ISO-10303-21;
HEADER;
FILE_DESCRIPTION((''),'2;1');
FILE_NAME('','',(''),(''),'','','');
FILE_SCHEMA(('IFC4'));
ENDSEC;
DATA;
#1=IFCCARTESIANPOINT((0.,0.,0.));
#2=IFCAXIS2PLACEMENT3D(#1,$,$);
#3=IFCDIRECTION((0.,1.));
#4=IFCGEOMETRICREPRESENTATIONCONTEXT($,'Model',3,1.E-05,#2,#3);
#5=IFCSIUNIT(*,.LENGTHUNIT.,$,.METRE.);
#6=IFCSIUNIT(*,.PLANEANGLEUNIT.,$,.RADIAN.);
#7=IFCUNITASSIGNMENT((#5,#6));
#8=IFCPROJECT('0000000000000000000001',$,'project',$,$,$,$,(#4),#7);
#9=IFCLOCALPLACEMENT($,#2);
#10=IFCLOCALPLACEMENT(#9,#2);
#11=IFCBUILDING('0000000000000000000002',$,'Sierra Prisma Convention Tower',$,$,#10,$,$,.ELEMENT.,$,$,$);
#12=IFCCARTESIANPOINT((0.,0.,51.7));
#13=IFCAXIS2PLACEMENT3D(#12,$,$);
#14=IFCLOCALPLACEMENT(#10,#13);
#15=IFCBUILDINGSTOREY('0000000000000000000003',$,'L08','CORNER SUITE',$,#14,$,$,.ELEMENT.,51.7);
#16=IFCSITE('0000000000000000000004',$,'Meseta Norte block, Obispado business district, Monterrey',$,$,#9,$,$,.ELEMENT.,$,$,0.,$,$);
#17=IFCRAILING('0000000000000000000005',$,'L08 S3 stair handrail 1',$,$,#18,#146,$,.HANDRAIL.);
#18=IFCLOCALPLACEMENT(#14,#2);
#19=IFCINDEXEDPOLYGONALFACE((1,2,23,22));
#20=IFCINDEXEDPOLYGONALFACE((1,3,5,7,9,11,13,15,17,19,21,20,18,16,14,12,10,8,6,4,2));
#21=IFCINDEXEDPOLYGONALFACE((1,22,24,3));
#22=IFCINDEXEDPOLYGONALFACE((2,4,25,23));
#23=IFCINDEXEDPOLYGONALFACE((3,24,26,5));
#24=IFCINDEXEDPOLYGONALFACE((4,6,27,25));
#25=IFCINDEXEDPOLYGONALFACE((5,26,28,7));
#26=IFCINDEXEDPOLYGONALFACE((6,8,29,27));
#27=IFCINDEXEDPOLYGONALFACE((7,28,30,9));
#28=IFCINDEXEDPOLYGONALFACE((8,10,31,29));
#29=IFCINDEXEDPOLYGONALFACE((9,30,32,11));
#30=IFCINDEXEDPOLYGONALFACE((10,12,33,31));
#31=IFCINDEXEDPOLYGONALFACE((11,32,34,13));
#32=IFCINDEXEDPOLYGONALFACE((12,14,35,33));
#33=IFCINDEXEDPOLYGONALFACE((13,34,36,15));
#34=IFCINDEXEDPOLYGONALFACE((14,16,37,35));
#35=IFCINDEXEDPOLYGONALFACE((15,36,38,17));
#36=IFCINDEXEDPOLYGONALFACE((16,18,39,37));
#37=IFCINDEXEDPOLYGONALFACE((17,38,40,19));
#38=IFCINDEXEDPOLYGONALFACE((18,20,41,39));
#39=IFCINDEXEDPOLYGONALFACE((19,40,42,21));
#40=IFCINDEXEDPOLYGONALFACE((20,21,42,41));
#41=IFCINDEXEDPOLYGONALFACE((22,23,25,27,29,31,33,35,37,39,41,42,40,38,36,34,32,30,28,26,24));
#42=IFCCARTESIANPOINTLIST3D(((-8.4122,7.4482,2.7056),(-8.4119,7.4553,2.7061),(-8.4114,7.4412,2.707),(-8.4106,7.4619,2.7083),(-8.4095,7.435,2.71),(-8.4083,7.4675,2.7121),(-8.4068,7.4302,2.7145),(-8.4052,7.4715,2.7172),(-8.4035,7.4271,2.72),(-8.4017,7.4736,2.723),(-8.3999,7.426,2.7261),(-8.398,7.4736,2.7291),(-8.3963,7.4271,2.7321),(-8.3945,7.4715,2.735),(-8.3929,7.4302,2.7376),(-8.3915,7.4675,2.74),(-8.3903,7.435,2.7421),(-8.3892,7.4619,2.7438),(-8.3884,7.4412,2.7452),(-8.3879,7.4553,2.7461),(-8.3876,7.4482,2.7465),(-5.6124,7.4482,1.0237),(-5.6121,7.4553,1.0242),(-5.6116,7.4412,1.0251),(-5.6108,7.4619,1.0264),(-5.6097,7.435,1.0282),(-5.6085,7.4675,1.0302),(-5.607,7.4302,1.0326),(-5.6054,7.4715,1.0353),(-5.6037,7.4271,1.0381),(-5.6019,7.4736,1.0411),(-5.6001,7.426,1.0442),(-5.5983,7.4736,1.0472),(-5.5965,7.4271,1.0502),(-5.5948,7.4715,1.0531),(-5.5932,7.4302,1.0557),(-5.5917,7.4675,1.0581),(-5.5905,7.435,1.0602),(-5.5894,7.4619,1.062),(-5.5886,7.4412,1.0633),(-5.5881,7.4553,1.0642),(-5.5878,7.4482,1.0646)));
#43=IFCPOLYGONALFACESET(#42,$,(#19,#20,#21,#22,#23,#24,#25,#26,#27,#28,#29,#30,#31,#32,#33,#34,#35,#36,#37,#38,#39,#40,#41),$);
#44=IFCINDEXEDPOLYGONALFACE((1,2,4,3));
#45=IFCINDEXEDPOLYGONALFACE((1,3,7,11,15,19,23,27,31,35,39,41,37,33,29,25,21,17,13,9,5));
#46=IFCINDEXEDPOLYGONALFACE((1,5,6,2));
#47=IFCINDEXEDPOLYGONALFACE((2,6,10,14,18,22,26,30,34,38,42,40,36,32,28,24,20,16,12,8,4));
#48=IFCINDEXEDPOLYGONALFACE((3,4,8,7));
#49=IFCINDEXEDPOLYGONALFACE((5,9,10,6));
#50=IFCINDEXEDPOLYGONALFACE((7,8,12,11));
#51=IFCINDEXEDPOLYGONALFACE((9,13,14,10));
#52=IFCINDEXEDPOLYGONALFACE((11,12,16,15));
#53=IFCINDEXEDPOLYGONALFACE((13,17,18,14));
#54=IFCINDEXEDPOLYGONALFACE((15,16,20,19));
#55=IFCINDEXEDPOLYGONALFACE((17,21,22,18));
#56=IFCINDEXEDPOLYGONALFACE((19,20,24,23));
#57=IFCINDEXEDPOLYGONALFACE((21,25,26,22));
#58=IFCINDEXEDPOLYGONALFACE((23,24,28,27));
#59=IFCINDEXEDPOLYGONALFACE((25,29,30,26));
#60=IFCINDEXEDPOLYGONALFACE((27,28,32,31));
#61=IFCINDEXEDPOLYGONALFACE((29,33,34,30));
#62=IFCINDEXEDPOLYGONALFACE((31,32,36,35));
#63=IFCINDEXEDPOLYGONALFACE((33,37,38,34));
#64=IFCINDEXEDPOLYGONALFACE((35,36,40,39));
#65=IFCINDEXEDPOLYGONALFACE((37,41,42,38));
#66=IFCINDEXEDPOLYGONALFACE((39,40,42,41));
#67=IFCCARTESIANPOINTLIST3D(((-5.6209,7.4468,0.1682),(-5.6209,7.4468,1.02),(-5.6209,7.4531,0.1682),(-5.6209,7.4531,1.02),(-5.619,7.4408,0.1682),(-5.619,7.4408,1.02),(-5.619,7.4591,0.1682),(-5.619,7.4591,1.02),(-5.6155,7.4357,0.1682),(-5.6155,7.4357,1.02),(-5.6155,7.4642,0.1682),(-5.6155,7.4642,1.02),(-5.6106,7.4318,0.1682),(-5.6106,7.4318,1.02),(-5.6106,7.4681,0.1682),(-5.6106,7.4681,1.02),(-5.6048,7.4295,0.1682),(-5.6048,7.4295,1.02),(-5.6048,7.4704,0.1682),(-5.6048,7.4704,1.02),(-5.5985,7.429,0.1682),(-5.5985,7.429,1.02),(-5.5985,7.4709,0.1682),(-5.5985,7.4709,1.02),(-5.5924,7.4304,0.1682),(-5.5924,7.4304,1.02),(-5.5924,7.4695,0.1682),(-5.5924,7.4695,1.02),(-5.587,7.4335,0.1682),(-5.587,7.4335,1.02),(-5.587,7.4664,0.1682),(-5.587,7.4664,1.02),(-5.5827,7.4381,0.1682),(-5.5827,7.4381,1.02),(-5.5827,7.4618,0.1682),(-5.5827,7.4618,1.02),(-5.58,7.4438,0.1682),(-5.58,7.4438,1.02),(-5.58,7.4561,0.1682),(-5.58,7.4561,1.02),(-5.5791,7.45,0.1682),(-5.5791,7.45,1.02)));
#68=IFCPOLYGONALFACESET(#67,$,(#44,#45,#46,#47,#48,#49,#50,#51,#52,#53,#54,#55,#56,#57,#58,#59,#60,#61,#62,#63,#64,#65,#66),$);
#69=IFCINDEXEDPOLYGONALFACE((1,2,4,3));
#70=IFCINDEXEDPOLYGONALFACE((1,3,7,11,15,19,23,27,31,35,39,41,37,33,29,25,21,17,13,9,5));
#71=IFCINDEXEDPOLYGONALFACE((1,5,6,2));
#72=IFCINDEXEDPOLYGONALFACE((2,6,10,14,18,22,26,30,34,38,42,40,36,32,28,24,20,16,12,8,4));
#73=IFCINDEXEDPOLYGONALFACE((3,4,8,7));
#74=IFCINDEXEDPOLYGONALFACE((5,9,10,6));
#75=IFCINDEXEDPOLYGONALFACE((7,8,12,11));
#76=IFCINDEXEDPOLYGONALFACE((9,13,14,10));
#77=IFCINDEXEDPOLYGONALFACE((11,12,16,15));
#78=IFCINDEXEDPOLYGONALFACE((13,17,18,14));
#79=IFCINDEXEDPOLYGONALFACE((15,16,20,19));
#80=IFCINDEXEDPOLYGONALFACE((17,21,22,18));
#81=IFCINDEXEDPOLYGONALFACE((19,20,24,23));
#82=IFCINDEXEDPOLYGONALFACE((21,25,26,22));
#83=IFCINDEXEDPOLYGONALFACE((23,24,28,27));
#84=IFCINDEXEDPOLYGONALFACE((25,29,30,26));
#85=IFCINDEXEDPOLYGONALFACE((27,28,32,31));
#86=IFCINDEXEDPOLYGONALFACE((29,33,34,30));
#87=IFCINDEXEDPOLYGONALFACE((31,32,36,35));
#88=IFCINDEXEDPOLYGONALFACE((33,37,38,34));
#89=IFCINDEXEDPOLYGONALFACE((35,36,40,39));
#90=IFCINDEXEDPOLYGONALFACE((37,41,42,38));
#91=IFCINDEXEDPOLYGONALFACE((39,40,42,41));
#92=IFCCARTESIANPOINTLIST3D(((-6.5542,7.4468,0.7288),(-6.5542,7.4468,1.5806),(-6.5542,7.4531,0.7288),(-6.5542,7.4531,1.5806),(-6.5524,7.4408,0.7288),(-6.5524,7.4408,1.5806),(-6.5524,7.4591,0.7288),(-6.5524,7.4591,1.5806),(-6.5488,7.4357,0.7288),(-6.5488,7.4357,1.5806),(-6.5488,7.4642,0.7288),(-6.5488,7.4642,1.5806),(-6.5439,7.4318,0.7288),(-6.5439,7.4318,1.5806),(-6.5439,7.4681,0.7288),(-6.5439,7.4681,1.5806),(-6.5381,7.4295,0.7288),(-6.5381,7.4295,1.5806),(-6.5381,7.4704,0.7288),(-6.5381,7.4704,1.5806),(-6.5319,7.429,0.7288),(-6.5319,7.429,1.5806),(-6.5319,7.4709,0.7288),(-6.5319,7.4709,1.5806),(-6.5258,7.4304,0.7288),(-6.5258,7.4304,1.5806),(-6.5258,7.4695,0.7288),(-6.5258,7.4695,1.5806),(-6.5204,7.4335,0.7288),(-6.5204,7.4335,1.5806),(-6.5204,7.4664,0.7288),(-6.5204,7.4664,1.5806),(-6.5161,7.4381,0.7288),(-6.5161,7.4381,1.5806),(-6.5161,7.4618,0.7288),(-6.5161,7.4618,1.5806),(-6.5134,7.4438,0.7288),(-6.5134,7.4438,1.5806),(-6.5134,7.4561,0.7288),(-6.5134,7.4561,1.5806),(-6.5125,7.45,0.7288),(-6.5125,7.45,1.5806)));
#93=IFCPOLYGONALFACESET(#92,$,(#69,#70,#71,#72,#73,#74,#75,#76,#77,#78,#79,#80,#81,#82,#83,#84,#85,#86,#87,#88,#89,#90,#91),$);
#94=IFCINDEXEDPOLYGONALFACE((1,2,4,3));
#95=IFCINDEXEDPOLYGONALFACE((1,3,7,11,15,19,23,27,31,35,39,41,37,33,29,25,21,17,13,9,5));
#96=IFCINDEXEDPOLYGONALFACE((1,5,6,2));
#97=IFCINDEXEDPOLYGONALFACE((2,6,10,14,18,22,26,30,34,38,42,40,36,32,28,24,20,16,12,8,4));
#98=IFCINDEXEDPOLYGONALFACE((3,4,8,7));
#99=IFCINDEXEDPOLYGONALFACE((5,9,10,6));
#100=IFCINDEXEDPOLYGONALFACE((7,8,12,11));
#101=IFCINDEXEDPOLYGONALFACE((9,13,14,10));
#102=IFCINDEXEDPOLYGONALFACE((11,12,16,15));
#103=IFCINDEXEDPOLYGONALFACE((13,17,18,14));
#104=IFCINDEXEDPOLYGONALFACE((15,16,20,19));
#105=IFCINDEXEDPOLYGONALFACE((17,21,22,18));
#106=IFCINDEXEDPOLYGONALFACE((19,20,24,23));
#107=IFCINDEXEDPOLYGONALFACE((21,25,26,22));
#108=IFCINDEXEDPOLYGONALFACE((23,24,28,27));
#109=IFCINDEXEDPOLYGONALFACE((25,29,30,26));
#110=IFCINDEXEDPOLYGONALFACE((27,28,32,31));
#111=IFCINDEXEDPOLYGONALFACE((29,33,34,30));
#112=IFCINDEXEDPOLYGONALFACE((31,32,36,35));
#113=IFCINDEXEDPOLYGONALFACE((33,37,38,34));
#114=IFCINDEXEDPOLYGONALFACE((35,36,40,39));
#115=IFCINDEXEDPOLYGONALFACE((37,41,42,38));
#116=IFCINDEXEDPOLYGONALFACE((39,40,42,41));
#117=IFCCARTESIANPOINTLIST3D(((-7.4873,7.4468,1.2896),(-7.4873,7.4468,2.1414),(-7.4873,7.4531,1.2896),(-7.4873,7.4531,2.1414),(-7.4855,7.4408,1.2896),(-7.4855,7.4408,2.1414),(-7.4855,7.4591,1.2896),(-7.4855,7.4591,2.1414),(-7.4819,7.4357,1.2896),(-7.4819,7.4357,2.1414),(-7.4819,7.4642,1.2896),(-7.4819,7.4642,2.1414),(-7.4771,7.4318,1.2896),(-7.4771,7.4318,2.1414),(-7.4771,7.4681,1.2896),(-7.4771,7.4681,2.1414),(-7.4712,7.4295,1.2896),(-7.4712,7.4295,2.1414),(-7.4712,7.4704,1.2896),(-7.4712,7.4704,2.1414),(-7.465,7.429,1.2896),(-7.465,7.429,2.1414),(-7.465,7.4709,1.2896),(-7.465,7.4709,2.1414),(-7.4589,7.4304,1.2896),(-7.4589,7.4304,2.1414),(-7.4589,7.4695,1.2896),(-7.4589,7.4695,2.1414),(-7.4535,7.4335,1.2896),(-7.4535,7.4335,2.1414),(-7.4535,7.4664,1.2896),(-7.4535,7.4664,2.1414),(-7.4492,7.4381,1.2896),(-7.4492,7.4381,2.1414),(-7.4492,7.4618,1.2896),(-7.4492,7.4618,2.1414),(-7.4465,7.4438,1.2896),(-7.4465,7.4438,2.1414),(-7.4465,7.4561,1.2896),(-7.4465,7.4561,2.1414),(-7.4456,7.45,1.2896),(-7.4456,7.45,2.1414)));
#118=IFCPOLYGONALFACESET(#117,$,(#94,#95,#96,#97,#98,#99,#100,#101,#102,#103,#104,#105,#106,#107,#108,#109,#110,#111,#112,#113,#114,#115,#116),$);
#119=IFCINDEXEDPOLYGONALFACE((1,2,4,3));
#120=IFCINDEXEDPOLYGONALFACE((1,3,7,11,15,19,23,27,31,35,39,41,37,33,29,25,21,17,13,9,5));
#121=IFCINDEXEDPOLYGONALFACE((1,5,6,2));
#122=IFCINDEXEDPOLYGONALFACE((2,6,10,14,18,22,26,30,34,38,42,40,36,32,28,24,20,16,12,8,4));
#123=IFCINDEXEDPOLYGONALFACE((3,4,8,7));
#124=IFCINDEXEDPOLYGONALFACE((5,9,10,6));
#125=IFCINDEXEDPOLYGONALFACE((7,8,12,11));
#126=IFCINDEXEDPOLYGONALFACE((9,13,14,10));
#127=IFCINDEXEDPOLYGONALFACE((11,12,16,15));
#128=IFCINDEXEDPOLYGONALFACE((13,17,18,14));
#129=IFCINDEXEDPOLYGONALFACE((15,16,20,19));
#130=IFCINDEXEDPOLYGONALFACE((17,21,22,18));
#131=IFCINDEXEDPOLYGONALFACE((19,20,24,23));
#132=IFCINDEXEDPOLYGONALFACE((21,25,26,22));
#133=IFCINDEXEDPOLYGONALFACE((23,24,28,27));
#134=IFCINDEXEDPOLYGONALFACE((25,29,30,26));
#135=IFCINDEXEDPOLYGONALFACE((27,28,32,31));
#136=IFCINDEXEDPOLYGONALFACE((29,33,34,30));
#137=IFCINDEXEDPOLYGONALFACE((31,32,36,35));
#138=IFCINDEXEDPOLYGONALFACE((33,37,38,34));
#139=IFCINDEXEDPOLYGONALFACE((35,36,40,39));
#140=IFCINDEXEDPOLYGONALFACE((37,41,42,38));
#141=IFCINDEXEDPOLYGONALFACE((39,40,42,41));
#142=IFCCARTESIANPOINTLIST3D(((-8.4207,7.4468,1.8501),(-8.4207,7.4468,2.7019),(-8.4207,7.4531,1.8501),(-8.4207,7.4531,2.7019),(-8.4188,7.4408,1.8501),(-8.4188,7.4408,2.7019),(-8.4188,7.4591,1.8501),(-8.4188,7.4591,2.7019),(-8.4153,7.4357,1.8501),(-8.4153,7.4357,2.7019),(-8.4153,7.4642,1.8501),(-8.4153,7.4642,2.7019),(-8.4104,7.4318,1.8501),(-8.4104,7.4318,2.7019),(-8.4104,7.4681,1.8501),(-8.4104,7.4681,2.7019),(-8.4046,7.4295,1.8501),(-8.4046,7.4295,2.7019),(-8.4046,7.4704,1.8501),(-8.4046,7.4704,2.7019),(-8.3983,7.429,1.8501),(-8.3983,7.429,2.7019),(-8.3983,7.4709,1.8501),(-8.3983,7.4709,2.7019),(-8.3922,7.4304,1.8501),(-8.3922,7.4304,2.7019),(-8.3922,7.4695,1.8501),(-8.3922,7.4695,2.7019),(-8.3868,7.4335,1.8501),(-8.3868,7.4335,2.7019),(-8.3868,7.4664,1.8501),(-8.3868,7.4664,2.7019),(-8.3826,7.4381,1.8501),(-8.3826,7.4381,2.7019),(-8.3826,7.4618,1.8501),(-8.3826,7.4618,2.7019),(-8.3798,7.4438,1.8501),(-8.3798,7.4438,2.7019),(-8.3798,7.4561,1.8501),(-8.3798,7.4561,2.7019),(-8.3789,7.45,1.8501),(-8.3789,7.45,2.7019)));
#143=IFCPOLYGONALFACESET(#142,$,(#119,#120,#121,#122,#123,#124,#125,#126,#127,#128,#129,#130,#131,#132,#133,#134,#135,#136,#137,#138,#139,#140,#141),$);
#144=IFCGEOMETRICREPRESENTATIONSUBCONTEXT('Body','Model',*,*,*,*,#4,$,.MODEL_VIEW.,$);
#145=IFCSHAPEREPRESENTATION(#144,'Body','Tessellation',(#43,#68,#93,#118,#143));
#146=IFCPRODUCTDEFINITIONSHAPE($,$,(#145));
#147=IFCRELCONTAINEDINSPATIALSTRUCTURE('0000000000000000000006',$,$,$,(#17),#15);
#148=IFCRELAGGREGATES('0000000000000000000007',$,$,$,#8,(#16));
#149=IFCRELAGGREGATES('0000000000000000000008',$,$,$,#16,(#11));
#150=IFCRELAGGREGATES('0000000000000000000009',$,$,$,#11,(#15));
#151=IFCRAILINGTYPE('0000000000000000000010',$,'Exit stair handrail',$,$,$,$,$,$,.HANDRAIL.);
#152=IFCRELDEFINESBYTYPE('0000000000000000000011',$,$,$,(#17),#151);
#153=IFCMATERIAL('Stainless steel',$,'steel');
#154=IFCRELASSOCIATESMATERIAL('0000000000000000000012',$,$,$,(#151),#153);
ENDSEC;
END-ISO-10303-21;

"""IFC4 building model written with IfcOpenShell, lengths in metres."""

from ifc_helpers import new_model, si_unit, direction, frame, origin, origin_2d, place, context, subcontext, project, spatial, circle, extrude, material, type_object, element, save


model = new_model("IFC4")

# Units and contexts
model_context = context("Model", 3, precision=1e-05, world=origin(), true_north=direction((0.0, 1.0)))
body_context = subcontext(model_context, "Body", "Model", "MODEL_VIEW")
ifc_project = project(units=[si_unit("LENGTHUNIT", "METRE"), si_unit("PLANEANGLEUNIT", "RADIAN")], contexts=[model_context])

# Site, building, storey
site_placement = place(None, origin())
site = spatial("IfcSite", under=ifc_project, at=site_placement, Name="Meseta Norte block, Obispado business district, Monterrey", CompositionType="ELEMENT", RefElevation=0.0)
building_placement = place(site_placement, origin())
building = spatial("IfcBuilding", under=site, at=building_placement, Name="Sierra Prisma Convention Tower", CompositionType="ELEMENT")
storey_placement = place(building_placement, frame((0.0, 0.0, 51.7)))
storey = spatial("IfcBuildingStorey", under=building, at=storey_placement, Name="L08", Description="CORNER SUITE", CompositionType="ELEMENT", Elevation=51.7)

# Railing
ifc_material_1 = material(Name="Stainless steel", Category="steel")
railing_type_1 = type_object("IfcRailingType", Name="Exit stair handrail", PredefinedType="HANDRAIL", material=ifc_material_1)
railing_1_placement = place(storey_placement, frame((-5.6001, 7.45, 0.1682)))
element("IfcRailing", 1, at=railing_1_placement, inside=storey, type_object=railing_type_1, Name="L08 S3 stair handrail 1", PredefinedType="HANDRAIL", context=body_context, shape_type="SweptSolid", body=[
    extrude(circle(Radius=0.0239, at=origin_2d()), frame((0.0, 0.0, 0.876), z_axis=(-0.857222, 0.0, 0.514946), x_axis=(0.0, -1.0, 0.0)), (0.0, 0.0, 1.0), 3.2661),
    extrude(circle(Radius=0.021, at=origin_2d()), origin(), (0.0, 0.0, 1.0), 0.8518),
    extrude(circle(Radius=0.021, at=origin_2d()), frame((-0.9333, 0.0, 0.5605)), (0.0, 0.0, 1.0), 0.8518),
    extrude(circle(Radius=0.021, at=origin_2d()), frame((-1.8665, 0.0, 1.1213)), (0.0, 0.0, 1.0), 0.8518),
    extrude(circle(Radius=0.021, at=origin_2d()), frame((-2.7998, 0.0, 1.6819)), (0.0, 0.0, 1.0), 0.8518),
])

save(model, "model.ifc")
